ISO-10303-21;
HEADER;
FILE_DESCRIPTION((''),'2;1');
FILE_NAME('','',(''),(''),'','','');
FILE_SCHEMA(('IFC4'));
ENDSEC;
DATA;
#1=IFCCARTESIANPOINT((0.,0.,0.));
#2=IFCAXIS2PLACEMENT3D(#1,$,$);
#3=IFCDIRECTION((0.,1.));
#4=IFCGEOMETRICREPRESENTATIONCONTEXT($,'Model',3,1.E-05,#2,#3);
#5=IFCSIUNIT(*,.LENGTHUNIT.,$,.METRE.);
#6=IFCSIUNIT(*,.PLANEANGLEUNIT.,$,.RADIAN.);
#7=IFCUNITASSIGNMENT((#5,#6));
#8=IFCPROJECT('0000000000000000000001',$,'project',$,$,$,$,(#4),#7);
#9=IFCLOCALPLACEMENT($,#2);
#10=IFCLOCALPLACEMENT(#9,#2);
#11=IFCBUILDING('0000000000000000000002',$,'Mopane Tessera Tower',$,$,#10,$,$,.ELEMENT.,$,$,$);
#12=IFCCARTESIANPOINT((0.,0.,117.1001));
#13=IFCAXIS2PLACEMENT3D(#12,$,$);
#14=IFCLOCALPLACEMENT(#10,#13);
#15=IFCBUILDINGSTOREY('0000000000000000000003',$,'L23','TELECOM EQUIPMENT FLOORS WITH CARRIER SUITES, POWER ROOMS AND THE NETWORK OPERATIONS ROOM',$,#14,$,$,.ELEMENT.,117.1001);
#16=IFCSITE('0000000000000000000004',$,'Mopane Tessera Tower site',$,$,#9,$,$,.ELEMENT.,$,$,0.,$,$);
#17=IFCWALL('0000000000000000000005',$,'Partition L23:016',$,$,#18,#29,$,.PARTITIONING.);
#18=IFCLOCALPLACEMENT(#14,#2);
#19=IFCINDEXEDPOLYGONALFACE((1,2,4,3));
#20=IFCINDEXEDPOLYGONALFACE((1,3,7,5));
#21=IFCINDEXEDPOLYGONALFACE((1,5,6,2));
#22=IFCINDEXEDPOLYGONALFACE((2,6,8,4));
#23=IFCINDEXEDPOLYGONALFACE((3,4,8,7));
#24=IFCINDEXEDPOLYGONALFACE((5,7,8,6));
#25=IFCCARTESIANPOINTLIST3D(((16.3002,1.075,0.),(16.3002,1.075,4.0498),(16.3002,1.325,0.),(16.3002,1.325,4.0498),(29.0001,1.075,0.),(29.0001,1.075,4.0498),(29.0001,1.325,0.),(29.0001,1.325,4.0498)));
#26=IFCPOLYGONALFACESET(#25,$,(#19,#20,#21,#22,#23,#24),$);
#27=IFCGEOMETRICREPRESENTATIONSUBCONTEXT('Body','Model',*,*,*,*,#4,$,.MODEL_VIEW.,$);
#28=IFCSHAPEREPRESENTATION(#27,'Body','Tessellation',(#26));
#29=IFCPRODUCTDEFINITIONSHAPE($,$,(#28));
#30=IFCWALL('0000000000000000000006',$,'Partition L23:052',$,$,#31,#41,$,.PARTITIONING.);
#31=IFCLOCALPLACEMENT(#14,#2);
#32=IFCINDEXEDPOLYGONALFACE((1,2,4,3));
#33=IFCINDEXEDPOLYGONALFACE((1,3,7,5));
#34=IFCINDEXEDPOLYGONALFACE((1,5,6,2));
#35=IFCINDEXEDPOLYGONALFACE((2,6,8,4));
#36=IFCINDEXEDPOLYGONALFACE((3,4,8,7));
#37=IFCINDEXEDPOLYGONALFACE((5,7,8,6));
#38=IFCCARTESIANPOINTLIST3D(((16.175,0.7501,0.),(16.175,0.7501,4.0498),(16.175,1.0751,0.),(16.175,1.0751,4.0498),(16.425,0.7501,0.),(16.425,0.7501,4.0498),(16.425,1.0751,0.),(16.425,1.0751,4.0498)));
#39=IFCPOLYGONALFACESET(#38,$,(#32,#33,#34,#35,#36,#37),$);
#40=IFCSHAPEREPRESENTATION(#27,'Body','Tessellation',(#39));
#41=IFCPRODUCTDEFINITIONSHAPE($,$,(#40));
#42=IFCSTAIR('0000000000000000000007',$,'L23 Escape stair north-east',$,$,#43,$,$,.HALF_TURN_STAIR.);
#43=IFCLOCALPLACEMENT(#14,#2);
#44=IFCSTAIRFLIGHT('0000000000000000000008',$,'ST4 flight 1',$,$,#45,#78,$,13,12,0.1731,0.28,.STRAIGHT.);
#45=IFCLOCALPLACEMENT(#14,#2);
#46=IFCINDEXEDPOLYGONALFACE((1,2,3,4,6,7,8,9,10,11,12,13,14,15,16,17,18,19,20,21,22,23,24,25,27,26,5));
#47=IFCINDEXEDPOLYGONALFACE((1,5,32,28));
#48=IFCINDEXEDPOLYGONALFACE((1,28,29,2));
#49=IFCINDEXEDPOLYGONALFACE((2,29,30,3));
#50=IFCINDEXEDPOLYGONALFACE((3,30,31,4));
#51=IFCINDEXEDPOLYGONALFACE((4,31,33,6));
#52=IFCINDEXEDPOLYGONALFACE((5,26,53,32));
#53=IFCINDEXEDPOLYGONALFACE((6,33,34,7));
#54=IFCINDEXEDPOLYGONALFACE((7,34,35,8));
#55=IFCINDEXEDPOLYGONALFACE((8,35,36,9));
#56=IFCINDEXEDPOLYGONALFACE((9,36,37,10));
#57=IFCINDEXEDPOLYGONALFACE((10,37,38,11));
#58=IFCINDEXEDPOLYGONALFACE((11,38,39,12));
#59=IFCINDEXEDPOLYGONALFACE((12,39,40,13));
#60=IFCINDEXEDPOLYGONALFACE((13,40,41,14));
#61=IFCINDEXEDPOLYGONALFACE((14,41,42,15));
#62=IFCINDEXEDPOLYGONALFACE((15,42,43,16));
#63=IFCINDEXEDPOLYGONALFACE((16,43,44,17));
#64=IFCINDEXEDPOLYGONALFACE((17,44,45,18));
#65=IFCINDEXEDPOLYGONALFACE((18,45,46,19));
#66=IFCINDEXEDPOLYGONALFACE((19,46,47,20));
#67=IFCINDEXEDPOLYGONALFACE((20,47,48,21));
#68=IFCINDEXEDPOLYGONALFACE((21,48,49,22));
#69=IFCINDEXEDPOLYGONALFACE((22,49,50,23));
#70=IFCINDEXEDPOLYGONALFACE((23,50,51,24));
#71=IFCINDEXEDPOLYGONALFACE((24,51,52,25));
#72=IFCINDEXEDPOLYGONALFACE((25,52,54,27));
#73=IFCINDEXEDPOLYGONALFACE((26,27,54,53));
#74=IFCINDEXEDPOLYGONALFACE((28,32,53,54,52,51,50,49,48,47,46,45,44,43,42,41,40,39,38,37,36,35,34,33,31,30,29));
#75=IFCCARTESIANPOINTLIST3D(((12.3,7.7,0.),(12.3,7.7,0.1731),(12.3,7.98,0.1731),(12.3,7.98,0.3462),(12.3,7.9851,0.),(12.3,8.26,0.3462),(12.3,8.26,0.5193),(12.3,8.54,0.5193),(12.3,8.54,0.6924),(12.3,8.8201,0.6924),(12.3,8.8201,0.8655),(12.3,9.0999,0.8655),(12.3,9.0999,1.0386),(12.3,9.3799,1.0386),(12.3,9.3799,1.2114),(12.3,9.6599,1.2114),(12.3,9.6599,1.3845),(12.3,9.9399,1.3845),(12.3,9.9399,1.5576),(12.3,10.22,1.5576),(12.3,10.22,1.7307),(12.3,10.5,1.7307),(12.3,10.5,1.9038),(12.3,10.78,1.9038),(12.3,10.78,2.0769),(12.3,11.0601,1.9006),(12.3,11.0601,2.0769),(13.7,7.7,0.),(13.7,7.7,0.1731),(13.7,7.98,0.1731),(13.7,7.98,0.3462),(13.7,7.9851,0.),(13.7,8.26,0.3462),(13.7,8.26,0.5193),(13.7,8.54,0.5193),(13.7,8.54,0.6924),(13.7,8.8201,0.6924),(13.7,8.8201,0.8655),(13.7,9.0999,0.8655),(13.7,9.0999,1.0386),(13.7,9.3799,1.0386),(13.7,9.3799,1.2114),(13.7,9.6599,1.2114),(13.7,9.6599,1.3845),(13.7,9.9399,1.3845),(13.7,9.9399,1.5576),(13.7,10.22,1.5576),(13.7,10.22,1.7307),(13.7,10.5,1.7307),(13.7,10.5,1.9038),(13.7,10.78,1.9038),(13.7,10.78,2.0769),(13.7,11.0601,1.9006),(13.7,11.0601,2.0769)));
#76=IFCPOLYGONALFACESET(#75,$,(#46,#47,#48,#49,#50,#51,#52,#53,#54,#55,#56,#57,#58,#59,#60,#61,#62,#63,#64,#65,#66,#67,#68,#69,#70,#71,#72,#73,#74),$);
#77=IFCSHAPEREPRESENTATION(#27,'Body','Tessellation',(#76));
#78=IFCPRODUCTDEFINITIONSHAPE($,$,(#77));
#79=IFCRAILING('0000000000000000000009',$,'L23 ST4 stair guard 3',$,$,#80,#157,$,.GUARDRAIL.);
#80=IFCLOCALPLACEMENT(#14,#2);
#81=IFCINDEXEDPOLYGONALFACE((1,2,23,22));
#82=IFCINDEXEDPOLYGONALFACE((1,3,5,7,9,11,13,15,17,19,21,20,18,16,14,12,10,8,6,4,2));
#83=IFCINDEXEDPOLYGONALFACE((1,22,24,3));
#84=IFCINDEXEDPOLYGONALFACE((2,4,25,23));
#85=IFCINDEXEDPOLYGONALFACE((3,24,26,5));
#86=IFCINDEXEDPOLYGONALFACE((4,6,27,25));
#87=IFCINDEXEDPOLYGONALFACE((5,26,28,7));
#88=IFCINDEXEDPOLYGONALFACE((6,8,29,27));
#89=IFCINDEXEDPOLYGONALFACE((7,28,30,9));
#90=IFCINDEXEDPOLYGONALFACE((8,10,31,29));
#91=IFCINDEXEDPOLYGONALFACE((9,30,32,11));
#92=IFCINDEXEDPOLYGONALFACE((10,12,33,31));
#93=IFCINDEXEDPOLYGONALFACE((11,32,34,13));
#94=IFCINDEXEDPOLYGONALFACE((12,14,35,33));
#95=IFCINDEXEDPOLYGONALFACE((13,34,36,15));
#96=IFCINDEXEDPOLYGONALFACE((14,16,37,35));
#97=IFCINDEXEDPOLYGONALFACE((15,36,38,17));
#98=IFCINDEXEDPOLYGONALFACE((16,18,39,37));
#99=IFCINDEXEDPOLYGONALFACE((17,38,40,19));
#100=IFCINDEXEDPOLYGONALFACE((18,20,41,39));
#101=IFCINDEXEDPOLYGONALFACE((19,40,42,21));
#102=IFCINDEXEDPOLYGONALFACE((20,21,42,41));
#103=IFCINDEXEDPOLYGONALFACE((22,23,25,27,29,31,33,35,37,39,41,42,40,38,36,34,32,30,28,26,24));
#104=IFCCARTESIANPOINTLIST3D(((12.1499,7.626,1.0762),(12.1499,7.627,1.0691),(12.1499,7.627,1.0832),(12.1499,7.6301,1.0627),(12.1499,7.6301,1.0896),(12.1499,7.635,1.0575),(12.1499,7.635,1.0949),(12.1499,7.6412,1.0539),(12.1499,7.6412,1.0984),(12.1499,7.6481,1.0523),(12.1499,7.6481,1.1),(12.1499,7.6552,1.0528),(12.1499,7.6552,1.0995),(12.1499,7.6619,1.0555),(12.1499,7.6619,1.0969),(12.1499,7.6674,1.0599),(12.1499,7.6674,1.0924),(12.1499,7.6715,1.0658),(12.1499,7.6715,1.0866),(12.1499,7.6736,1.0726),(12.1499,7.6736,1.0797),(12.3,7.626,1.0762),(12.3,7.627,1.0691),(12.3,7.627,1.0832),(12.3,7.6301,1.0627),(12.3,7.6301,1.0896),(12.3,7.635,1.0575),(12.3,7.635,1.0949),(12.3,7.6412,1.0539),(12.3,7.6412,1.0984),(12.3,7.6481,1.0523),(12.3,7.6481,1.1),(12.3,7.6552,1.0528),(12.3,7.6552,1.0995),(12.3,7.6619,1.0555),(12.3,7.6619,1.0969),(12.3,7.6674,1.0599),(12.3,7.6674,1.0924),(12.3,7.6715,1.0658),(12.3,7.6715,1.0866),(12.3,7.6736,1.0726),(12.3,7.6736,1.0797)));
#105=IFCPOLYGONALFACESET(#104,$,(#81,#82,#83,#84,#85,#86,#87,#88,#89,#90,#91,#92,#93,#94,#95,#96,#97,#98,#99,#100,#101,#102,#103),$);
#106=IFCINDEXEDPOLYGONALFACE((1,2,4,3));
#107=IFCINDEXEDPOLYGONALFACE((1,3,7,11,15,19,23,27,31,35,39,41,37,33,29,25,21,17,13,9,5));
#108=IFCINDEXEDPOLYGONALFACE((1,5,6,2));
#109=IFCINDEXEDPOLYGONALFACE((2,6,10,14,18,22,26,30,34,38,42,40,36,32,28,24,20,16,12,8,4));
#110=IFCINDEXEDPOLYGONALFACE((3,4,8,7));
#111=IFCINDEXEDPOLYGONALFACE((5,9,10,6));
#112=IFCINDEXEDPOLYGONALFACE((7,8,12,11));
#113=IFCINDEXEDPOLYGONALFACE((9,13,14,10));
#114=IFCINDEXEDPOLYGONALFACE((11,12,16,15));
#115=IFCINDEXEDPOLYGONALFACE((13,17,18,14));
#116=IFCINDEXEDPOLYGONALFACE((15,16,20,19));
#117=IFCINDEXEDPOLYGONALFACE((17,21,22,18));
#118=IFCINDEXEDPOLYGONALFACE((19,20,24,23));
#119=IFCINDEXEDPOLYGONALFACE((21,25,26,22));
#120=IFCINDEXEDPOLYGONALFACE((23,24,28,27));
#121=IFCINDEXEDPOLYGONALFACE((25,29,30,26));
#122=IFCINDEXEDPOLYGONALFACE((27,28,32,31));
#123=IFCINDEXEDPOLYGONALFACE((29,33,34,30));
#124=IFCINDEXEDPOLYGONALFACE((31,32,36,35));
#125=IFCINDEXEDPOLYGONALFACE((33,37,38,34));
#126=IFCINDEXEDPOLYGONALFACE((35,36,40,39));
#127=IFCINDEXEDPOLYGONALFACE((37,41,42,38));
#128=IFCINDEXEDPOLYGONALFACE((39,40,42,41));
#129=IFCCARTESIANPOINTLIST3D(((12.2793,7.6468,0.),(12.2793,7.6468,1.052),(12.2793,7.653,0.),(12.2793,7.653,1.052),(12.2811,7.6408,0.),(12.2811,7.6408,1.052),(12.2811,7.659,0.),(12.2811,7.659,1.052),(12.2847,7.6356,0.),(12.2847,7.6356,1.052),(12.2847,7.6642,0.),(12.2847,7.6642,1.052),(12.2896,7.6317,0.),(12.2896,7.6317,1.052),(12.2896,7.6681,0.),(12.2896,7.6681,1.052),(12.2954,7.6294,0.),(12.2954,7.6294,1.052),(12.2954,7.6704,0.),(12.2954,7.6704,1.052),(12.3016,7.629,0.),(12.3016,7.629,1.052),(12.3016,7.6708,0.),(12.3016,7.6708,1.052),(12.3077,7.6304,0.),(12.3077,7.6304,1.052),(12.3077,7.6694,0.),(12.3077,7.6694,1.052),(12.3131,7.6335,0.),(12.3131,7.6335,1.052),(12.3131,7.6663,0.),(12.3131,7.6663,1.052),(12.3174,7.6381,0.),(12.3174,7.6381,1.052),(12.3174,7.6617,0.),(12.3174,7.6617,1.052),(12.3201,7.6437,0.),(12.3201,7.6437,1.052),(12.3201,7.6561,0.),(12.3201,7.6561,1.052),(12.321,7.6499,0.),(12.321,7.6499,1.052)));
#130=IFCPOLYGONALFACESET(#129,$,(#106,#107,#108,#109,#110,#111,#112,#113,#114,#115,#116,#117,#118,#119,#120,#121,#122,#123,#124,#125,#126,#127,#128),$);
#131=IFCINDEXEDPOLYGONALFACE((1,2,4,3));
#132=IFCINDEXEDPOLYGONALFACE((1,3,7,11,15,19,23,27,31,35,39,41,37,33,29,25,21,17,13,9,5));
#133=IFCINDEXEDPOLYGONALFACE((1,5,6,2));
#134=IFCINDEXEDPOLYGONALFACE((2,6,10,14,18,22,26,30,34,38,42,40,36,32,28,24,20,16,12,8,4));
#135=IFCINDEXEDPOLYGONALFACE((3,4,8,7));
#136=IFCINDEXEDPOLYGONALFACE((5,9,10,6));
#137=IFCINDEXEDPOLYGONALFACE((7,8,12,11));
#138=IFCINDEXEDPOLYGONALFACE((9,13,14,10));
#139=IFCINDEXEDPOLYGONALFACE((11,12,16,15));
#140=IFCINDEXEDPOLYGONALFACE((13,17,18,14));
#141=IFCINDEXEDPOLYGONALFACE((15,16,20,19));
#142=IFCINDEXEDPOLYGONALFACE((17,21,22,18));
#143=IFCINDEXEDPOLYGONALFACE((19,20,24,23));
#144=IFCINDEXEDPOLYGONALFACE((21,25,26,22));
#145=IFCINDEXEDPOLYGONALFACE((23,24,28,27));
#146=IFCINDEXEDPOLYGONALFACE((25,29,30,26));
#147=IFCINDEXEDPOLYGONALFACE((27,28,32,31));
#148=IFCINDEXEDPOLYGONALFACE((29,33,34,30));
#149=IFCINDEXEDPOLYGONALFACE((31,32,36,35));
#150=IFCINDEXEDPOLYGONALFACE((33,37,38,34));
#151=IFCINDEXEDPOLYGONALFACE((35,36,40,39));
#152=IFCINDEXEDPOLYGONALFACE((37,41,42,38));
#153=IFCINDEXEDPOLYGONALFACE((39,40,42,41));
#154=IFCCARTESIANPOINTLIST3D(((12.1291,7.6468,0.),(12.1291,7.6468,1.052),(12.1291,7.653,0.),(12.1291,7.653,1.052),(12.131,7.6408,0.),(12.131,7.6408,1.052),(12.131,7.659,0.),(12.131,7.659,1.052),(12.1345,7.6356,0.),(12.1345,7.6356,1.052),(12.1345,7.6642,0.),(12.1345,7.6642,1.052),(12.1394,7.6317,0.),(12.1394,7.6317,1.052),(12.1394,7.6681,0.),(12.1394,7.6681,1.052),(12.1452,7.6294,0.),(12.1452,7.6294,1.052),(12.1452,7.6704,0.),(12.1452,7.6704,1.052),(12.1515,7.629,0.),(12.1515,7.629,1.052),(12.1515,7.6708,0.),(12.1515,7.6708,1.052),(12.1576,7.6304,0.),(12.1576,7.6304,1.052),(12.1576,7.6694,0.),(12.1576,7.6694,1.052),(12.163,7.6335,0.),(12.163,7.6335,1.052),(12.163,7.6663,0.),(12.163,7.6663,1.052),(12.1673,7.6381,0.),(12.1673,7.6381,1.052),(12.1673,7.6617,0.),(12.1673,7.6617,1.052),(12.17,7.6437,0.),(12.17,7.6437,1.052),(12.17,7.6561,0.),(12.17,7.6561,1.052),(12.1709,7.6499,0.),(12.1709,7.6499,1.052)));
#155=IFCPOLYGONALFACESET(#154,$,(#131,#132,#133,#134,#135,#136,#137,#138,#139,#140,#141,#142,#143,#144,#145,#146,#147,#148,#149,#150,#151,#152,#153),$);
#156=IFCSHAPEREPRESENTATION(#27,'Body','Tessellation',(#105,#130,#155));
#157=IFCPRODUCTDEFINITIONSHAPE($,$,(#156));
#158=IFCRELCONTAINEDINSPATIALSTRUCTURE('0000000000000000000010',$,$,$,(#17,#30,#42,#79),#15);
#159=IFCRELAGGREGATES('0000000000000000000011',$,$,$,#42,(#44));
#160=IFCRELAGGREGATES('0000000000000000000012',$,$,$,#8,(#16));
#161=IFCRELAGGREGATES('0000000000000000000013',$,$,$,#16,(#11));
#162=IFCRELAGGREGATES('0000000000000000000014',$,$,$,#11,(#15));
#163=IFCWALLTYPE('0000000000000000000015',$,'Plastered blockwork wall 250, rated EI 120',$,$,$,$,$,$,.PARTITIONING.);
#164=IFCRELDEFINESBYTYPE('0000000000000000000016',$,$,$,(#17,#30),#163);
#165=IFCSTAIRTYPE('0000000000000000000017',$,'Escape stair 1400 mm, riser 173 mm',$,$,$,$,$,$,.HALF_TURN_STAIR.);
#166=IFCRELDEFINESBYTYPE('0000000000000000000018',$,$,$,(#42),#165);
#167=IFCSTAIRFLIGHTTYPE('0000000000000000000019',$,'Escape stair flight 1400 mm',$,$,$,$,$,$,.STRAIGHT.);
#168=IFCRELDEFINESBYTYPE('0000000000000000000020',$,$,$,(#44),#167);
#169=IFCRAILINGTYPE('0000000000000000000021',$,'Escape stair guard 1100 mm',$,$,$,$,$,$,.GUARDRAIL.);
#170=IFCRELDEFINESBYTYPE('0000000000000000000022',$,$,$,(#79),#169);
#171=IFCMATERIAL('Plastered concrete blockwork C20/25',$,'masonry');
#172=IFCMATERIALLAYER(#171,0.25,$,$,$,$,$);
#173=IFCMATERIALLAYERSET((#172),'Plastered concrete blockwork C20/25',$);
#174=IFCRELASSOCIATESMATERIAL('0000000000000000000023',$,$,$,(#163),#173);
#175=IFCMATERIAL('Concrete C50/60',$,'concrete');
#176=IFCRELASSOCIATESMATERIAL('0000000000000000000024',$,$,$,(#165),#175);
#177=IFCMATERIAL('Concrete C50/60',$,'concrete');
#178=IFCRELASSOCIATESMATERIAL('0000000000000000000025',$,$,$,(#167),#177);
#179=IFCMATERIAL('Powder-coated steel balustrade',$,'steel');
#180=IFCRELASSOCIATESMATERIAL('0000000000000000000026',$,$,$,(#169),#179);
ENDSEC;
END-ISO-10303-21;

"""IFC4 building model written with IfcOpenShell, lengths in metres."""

from ifc_helpers import new_model, si_unit, direction, frame, frame_2d, origin, origin_2d, place, context, subcontext, project, spatial, polyline, rectangle, circle, outline, extrude, material, layer, layer_set, type_object, element, aggregate, save


model = new_model("IFC4")

# Units and contexts
model_context = context("Model", 3, precision=1e-05, world=origin(), true_north=direction((0.0, 1.0)))
body_context = subcontext(model_context, "Body", "Model", "MODEL_VIEW")
ifc_project = project(units=[si_unit("LENGTHUNIT", "METRE"), si_unit("PLANEANGLEUNIT", "RADIAN")], contexts=[model_context])

# Site, building, storey
site_placement = place(None, origin())
site = spatial("IfcSite", under=ifc_project, at=site_placement, Name="Mopane Tessera Tower site", CompositionType="ELEMENT", RefElevation=0.0)
building_placement = place(site_placement, origin())
building = spatial("IfcBuilding", under=site, at=building_placement, Name="Mopane Tessera Tower", CompositionType="ELEMENT")
storey_placement = place(building_placement, frame((0.0, 0.0, 117.1001)))
storey = spatial("IfcBuildingStorey", under=building, at=storey_placement, Name="L23", Description="TELECOM EQUIPMENT FLOORS WITH CARRIER SUITES, POWER ROOMS AND THE NETWORK OPERATIONS ROOM", CompositionType="ELEMENT", Elevation=117.1001)

# Walls
ifc_material_1 = material(Name="Plastered concrete blockwork C20/25", Category="masonry")
ifc_layer_1 = layer(ifc_material_1, 0.25)
ifc_layer_set_1 = layer_set([ifc_layer_1], Name="Plastered concrete blockwork C20/25")
wall_type_1 = type_object("IfcWallType", Name="Plastered blockwork wall 250, rated EI 120", PredefinedType="PARTITIONING", material=ifc_layer_set_1)
wall_1_placement = place(storey_placement, frame((16.3, 1.2, 0.0), z_axis=(0.0, 0.0, 1.0), x_axis=(1.0, 0.0, 0.0)))
element("IfcWall", 1, at=wall_1_placement, inside=storey, type_object=wall_type_1, Name="Partition L23:016", PredefinedType="PARTITIONING", context=body_context, shape_type="SweptSolid", body=[
    extrude(rectangle(XDim=12.7, YDim=0.25, at=frame_2d((6.3501, 0.0))), origin(), (0.0, 0.0, 1.0), 4.0498),
])
wall_2_placement = place(storey_placement, frame((16.3, 0.75, 0.0), z_axis=(0.0, 0.0, 1.0), x_axis=(0.0, 1.0, 0.0)))
element("IfcWall", 2, at=wall_2_placement, inside=storey, type_object=wall_type_1, Name="Partition L23:052", PredefinedType="PARTITIONING", context=body_context, shape_type="SweptSolid", body=[
    extrude(rectangle(XDim=0.325, YDim=0.25, at=frame_2d((0.1626, 0.0))), origin(), (0.0, 0.0, 1.0), 4.0498),
])

# Stair, stair flight
ifc_material_2 = material(Name="Concrete C50/60", Category="concrete")
stair_type = type_object("IfcStairType", Name="Escape stair 1400 mm, riser 173 mm", PredefinedType="HALF_TURN_STAIR", material=ifc_material_2)
stair_placement = place(storey_placement, origin())
stair = element("IfcStair", 3, at=stair_placement, inside=storey, type_object=stair_type, Name="L23 Escape stair north-east", PredefinedType="HALF_TURN_STAIR")
ifc_material_3 = material(Name="Concrete C50/60", Category="concrete")
stair_flight_type = type_object("IfcStairFlightType", Name="Escape stair flight 1400 mm", PredefinedType="STRAIGHT", material=ifc_material_3)
stair_flight_placement = place(storey_placement, frame((13.0, 7.7, 0.0), z_axis=(0.0, 0.0, 1.0), x_axis=(0.0, 1.0, 0.0)))
stair_flight = element("IfcStairFlight", 4, at=stair_flight_placement, type_object=stair_flight_type, Name="ST4 flight 1", NumberOfRisers=13, NumberOfTreads=12, PredefinedType="STRAIGHT", RiserHeight=0.1731, TreadLength=0.28, context=body_context, shape_type="SweptSolid", body=[
    extrude(outline(polyline([(0.0, 0.0), (0.0, 0.1731), (0.28, 0.1731), (0.28, 0.3462), (0.5601, 0.3462), (0.5601, 0.5193), (0.8401, 0.5193), (0.8401, 0.6924), (1.1201, 0.6924), (1.1201, 0.8655), (1.3999, 0.8655), (1.3999, 1.0386), (1.6799, 1.0386), (1.6799, 1.2114), (1.96, 1.2114), (1.96, 1.3845), (2.24, 1.3845), (2.24, 1.5576), (2.52, 1.5576), (2.52, 1.7307), (2.8, 1.7307), (2.8, 1.9038), (3.0801, 1.9038), (3.0801, 2.0769), (3.3601, 2.0769), (3.3601, 2.25), (3.3601, 1.9006), (0.2852, 0.0), (0.0, 0.0)])), frame((0.0, 0.7, 0.0), z_axis=(0.0, -1.0, 0.0), x_axis=(1.0, 0.0, 0.0)), (0.0, 0.0, 1.0), 1.3999),
])
aggregate(stair, [stair_flight])

# Railing
ifc_material_4 = material(Name="Powder-coated steel balustrade", Category="steel")
railing_type_1 = type_object("IfcRailingType", Name="Escape stair guard 1100 mm", PredefinedType="GUARDRAIL", material=ifc_material_4)
railing_1_placement = place(storey_placement, frame((12.3, 7.6499, 0.0)))
element("IfcRailing", 5, at=railing_1_placement, inside=storey, type_object=railing_type_1, Name="L23 ST4 stair guard 3", PredefinedType="GUARDRAIL", context=body_context, shape_type="SweptSolid", body=[
    extrude(circle(Radius=0.0239, at=origin_2d()), frame((0.0, 0.0, 1.0762), z_axis=(-1.0, 0.0, 0.0), x_axis=(0.0, -1.0, 0.0)), (0.0, 0.0, 1.0), 0.1501),
    extrude(circle(Radius=0.021, at=origin_2d()), origin(), (0.0, 0.0, 1.0), 1.052),
    extrude(circle(Radius=0.021, at=origin_2d()), frame((-0.1501, 0.0, 0.0)), (0.0, 0.0, 1.0), 1.052),
])

save(model, "model.ifc")
